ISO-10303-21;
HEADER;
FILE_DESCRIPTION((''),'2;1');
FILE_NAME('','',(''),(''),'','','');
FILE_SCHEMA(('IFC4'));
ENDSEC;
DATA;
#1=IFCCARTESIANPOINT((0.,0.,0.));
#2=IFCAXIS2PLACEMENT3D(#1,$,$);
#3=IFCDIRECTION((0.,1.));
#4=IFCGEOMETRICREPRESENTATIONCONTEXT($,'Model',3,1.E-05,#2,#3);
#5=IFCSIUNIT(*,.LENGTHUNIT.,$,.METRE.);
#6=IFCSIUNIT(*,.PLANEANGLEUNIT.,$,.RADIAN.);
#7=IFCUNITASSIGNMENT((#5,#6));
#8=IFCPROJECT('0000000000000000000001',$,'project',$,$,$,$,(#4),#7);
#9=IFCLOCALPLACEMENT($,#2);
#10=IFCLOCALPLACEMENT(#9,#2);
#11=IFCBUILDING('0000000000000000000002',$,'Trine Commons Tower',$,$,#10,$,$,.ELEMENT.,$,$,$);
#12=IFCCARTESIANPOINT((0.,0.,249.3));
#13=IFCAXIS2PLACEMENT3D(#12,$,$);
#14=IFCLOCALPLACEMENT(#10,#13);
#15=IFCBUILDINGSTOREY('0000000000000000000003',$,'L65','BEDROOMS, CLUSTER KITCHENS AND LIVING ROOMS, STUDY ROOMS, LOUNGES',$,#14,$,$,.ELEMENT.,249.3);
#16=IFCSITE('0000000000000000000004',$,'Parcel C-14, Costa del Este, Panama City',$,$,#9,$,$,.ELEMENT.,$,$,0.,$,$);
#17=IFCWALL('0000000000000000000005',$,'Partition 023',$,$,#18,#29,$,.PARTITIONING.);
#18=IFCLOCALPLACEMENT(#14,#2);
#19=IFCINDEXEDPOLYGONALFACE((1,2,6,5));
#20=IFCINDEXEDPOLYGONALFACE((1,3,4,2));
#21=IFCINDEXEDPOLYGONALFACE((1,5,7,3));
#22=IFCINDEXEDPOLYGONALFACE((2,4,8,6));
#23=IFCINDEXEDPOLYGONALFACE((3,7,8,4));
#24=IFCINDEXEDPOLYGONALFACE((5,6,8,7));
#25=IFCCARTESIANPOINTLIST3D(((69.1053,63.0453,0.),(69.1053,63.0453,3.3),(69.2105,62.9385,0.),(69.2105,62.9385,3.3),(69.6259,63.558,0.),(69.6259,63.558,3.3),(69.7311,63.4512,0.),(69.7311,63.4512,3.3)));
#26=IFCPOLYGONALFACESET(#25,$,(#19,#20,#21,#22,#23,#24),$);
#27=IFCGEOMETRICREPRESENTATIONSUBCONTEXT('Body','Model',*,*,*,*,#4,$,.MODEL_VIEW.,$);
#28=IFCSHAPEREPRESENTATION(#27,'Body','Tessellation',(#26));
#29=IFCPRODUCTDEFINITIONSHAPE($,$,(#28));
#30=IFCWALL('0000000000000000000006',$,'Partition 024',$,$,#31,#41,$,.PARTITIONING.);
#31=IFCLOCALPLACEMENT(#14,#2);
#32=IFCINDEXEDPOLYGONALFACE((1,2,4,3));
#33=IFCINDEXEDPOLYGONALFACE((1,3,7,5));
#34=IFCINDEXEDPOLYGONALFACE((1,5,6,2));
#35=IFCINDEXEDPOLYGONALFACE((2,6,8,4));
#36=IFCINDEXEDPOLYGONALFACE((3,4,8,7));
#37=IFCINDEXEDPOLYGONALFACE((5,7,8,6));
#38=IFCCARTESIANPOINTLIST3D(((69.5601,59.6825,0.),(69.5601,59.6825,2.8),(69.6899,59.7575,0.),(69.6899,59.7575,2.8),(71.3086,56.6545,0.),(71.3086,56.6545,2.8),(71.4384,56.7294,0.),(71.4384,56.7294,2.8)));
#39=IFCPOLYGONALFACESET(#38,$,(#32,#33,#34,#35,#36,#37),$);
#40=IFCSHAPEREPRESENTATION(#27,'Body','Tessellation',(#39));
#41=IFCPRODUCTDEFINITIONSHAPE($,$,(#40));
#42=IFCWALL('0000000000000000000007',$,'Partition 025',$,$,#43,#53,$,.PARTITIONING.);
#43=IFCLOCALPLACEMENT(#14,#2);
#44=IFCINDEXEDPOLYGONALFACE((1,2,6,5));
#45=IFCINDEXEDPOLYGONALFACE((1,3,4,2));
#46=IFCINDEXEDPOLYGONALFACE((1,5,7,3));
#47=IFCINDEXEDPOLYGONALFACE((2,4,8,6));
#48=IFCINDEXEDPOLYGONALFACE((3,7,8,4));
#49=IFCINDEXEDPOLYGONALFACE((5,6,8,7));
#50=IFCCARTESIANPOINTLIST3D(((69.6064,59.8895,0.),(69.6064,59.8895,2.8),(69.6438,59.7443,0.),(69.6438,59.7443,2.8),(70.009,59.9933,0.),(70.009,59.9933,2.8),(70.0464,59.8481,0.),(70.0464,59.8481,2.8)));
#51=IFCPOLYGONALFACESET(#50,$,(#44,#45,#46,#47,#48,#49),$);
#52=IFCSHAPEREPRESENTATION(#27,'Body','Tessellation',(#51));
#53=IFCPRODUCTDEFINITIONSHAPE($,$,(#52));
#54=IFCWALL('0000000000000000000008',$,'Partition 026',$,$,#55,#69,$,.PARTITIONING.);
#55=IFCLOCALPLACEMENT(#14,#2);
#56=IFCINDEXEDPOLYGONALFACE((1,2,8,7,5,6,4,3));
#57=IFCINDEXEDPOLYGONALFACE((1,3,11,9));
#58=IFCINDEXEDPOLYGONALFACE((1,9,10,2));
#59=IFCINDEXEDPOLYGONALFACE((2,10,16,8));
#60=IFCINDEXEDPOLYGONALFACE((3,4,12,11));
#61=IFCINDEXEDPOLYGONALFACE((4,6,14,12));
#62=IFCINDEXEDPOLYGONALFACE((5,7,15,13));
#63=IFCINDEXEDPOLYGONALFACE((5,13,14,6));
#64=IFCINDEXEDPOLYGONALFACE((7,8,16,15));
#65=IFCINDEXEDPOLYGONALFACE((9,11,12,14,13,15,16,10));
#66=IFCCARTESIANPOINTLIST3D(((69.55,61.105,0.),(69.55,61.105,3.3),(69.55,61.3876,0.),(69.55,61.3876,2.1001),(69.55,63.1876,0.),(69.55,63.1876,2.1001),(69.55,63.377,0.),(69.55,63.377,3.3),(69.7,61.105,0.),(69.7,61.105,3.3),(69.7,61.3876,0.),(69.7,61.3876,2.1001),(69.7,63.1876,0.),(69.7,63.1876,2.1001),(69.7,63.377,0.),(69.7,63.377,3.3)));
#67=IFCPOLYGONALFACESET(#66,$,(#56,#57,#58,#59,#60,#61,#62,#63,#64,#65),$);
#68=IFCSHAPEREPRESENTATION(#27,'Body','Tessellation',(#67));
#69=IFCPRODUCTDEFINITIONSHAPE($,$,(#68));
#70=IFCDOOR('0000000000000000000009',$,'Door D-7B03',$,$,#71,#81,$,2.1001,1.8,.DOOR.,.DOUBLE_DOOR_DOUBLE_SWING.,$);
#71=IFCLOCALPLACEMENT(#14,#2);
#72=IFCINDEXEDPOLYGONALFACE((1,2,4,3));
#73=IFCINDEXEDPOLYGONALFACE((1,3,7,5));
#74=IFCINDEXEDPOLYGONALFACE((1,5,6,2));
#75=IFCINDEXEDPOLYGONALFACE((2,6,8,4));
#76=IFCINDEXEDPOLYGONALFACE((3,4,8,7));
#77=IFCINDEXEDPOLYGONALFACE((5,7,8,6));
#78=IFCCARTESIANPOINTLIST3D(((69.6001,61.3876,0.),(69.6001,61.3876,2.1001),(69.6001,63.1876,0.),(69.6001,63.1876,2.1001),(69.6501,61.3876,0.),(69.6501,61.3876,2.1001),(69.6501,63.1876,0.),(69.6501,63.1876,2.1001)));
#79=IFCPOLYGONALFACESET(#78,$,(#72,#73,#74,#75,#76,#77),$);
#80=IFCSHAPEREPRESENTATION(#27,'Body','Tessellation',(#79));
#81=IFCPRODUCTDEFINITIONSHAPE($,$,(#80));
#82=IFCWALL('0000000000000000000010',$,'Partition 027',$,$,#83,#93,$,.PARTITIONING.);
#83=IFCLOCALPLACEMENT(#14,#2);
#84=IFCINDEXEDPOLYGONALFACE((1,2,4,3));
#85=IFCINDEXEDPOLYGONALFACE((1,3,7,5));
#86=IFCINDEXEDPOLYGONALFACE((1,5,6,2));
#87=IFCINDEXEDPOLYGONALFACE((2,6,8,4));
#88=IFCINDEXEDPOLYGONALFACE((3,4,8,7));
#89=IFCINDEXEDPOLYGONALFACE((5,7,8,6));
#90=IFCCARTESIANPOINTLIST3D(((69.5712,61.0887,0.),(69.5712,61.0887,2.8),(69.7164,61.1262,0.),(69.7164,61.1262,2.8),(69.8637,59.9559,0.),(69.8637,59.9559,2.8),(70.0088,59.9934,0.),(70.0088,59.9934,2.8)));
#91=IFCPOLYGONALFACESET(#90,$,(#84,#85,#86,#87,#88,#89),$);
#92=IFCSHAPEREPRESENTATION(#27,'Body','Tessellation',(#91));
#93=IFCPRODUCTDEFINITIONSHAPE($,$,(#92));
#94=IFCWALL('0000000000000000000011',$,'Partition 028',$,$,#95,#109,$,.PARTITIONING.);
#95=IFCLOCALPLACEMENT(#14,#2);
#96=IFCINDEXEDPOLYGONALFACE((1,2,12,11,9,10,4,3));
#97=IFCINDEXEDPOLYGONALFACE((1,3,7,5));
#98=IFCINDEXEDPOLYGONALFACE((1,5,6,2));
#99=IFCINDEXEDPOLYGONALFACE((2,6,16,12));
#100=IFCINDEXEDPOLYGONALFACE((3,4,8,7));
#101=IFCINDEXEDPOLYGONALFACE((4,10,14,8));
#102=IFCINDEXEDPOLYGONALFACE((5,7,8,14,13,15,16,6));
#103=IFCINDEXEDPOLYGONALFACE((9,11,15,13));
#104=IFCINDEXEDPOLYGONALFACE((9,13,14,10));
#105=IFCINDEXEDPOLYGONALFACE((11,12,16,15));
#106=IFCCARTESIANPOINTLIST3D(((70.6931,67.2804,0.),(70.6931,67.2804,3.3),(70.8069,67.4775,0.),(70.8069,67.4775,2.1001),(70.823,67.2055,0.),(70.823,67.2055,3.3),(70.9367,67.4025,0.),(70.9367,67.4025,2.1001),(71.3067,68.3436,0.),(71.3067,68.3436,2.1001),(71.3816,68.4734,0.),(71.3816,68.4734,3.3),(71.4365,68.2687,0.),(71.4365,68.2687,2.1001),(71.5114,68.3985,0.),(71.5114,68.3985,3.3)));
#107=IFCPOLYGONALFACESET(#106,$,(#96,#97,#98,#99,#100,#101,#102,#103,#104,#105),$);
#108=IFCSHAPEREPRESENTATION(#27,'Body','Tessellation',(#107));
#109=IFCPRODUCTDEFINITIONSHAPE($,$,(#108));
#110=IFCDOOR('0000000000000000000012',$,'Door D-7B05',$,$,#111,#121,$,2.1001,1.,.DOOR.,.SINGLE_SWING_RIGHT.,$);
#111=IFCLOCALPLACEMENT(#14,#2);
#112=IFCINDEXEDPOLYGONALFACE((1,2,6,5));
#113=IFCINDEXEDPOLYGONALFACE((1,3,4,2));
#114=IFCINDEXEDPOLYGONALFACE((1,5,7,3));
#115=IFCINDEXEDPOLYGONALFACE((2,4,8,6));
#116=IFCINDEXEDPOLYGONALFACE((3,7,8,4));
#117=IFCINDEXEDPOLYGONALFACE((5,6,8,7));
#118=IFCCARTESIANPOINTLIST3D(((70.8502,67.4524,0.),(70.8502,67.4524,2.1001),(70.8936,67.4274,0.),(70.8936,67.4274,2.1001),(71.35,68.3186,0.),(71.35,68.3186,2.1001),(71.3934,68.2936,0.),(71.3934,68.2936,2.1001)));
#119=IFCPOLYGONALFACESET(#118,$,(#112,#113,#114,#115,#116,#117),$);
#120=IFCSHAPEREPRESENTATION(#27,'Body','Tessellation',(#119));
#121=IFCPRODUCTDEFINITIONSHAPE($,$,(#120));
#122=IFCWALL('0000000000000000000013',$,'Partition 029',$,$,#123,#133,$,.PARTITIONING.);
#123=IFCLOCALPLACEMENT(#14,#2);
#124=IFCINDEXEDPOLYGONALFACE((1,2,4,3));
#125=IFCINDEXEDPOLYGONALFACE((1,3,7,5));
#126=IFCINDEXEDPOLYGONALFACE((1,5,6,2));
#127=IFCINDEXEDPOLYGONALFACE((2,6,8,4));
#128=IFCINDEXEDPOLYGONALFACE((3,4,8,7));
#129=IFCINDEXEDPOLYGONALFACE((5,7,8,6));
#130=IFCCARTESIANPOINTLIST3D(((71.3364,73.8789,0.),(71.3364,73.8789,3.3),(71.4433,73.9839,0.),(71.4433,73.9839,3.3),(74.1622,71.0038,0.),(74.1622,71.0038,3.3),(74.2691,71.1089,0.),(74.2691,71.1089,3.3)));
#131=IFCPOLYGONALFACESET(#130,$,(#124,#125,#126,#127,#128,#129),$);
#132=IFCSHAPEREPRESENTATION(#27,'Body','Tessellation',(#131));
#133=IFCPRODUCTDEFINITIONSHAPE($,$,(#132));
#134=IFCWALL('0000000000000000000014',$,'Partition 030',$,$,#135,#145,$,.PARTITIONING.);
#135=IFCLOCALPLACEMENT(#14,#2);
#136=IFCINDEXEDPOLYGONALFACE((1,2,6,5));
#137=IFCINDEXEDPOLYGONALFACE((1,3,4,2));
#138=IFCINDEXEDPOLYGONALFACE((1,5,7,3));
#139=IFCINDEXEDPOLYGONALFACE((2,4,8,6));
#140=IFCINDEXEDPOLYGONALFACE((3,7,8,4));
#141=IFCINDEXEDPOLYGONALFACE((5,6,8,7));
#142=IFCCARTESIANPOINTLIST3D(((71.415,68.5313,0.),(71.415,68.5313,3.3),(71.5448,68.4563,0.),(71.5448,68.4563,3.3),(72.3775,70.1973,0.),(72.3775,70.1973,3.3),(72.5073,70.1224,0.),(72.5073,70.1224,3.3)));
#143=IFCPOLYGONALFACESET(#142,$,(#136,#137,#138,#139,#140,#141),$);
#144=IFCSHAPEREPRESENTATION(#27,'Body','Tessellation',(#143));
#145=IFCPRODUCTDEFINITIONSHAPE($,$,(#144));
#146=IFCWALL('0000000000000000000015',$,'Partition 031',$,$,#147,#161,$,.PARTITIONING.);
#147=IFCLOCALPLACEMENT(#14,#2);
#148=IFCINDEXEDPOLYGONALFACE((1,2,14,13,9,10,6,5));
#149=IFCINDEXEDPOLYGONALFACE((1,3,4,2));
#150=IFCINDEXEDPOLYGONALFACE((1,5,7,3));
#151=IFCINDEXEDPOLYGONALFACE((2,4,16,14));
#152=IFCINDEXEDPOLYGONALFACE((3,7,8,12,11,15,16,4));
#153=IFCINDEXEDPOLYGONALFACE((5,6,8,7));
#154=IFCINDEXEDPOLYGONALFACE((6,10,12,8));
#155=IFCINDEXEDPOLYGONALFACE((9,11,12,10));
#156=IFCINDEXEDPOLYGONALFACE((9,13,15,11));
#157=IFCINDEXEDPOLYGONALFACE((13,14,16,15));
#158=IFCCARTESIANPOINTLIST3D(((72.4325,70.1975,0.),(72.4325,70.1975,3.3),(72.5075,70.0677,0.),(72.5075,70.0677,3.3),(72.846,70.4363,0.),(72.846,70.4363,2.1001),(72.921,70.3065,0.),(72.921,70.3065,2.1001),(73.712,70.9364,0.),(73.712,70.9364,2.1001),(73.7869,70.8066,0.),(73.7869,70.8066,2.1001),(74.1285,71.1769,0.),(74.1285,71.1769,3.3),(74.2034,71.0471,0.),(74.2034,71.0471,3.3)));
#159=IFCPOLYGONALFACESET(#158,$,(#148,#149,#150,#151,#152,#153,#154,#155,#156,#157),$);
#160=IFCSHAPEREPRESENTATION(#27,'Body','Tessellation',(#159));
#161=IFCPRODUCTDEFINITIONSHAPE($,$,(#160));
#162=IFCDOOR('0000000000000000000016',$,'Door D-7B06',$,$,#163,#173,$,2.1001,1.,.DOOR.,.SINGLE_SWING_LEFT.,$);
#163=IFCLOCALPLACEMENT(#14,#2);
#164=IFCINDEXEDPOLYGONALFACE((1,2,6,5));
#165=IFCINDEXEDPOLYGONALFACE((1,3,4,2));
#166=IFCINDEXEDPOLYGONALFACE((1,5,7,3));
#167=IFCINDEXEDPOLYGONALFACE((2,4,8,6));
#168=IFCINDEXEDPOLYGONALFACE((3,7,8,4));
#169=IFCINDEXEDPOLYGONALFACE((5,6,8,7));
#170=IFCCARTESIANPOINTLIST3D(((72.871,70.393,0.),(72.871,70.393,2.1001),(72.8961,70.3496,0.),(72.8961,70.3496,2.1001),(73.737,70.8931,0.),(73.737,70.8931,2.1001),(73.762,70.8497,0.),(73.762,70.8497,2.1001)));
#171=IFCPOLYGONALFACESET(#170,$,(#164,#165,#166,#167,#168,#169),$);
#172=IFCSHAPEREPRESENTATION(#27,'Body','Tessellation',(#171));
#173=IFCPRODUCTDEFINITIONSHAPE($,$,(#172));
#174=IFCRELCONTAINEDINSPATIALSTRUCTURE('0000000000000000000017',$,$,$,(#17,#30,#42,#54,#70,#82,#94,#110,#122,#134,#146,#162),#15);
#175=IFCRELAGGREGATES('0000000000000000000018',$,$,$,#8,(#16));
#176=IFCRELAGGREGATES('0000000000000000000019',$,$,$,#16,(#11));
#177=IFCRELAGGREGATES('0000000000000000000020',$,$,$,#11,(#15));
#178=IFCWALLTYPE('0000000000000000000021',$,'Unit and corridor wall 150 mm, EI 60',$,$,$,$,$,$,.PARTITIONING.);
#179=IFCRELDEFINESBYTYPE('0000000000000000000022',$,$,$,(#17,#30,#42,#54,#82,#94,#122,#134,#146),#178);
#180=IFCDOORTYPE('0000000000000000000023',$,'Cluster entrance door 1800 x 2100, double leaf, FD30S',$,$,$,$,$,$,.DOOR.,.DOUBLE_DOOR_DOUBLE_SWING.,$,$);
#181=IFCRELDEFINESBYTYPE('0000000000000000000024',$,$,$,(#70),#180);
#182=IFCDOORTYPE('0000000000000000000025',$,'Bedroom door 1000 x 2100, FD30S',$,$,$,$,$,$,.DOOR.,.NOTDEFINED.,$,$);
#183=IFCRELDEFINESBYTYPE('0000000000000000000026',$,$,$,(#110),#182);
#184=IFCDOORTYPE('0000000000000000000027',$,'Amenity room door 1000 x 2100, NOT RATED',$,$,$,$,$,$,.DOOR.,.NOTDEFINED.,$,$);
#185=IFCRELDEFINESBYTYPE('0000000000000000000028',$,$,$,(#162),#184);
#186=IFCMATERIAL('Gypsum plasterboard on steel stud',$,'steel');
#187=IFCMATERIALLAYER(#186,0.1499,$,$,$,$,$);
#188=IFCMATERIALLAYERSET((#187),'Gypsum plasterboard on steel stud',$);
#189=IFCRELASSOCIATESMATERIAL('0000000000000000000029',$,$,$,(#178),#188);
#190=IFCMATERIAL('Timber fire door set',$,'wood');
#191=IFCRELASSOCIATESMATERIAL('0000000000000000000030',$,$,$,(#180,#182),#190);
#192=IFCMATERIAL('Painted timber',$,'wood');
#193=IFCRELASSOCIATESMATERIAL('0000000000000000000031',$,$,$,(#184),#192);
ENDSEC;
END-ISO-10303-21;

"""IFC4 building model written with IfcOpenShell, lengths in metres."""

from ifc_helpers import new_model, si_unit, direction, frame, frame_2d, origin, place, context, subcontext, project, spatial, rectangle, extrude, material, layer, layer_set, type_object, element, fill, save


model = new_model("IFC4")

# Units and contexts
model_context = context("Model", 3, precision=1e-05, world=origin(), true_north=direction((0.0, 1.0)))
body_context = subcontext(model_context, "Body", "Model", "MODEL_VIEW")
ifc_project = project(units=[si_unit("LENGTHUNIT", "METRE"), si_unit("PLANEANGLEUNIT", "RADIAN")], contexts=[model_context])

# Site, building, storey
site_placement = place(None, origin())
site = spatial("IfcSite", under=ifc_project, at=site_placement, Name="Parcel C-14, Costa del Este, Panama City", CompositionType="ELEMENT", RefElevation=0.0)
building_placement = place(site_placement, origin())
building = spatial("IfcBuilding", under=site, at=building_placement, Name="Trine Commons Tower", CompositionType="ELEMENT")
storey_placement = place(building_placement, frame((0.0, 0.0, 249.3)))
storey = spatial("IfcBuildingStorey", under=building, at=storey_placement, Name="L65", Description="BEDROOMS, CLUSTER KITCHENS AND LIVING ROOMS, STUDY ROOMS, LOUNGES", CompositionType="ELEMENT", Elevation=249.3)

# Walls
ifc_material_1 = material(Name="Gypsum plasterboard on steel stud", Category="steel")
ifc_layer_1 = layer(ifc_material_1, 0.1499)
ifc_layer_set_1 = layer_set([ifc_layer_1], Name="Gypsum plasterboard on steel stud")
wall_type_1 = type_object("IfcWallType", Name="Unit and corridor wall 150 mm, EI 60", PredefinedType="PARTITIONING", material=ifc_layer_set_1)
wall_1_placement = place(storey_placement, frame((69.158, 62.9919, 0.0), z_axis=(0.0, 0.0, 1.0), x_axis=(0.712433, 0.70174, 0.0)))
element("IfcWall", 1, at=wall_1_placement, inside=storey, type_object=wall_type_1, Name="Partition 023", PredefinedType="PARTITIONING", context=body_context, shape_type="SweptSolid", body=[
    extrude(rectangle(XDim=0.7307, YDim=0.1499, at=frame_2d((0.3652, 0.0))), origin(), (0.0, 0.0, 1.0), 3.3),
])
wall_2_placement = place(storey_placement, frame((69.625, 59.72, 0.0), z_axis=(0.0, 0.0, 1.0), x_axis=(0.500059, -0.865991, 0.0)))
element("IfcWall", 2, at=wall_2_placement, inside=storey, type_object=wall_type_1, Name="Partition 024", PredefinedType="PARTITIONING", context=body_context, shape_type="SweptSolid", body=[
    extrude(rectangle(XDim=3.4966, YDim=0.1499, at=frame_2d((1.7483, 0.0))), origin(), (0.0, 0.0, 1.0), 2.8),
])
wall_3_placement = place(storey_placement, frame((69.625, 59.8169, 0.0), z_axis=(0.0, 0.0, 1.0), x_axis=(0.968355, 0.249576, 0.0)))
element("IfcWall", 3, at=wall_3_placement, inside=storey, type_object=wall_type_1, Name="Partition 025", PredefinedType="PARTITIONING", context=body_context, shape_type="SweptSolid", body=[
    extrude(rectangle(XDim=0.4158, YDim=0.1499, at=frame_2d((0.208, 0.0))), origin(), (0.0, 0.0, 1.0), 2.8),
])

# Wall, opening, door
wall_4_placement = place(storey_placement, frame((69.625, 61.105, 0.0), z_axis=(0.0, 0.0, 1.0), x_axis=(0.0, 1.0, 0.0)))
wall_4 = element("IfcWall", 4, at=wall_4_placement, inside=storey, type_object=wall_type_1, Name="Partition 026", PredefinedType="PARTITIONING", context=body_context, shape_type="SweptSolid", body=[
    extrude(rectangle(XDim=2.272, YDim=0.1499, at=frame_2d((1.136, 0.0))), origin(), (0.0, 0.0, 1.0), 3.3),
])
opening_1_placement = place(wall_4_placement, frame((0.2827, 0.0, 0.0)))
opening_1 = element("IfcOpeningElement", 5, at=opening_1_placement, cuts=wall_4, PredefinedType="OPENING", context=body_context, shape_type="SweptSolid", body=[
    extrude(rectangle(XDim=1.8, YDim=2.1001, at=frame_2d((0.8999, 1.05))), frame((0.0, 0.085, 0.0), z_axis=(0.0, -1.0, 0.0), x_axis=(1.0, 0.0, 0.0)), (0.0, 0.0, 1.0), 0.1699),
])
ifc_material_2 = material(Name="Timber fire door set", Category="wood")
door_type_1 = type_object("IfcDoorType", Name="Cluster entrance door 1800 x 2100, double leaf, FD30S", OperationType="DOUBLE_DOOR_DOUBLE_SWING", PredefinedType="DOOR", material=ifc_material_2)
door_1_placement = place(opening_1_placement, origin())
door_1 = element("IfcDoor", 6, at=door_1_placement, inside=storey, type_object=door_type_1, Name="Door D-7B03", OperationType="DOUBLE_DOOR_DOUBLE_SWING", OverallHeight=2.1001, OverallWidth=1.8, PredefinedType="DOOR", context=body_context, shape_type="SweptSolid", body=[
    extrude(rectangle(XDim=1.8, YDim=2.1001, at=frame_2d((0.8999, 1.05))), frame((0.0, 0.0249, 0.0), z_axis=(0.0, -1.0, 0.0), x_axis=(1.0, 0.0, 0.0)), (0.0, 0.0, 1.0), 0.05),
])
fill(opening_1, door_1)

# Wall
wall_5_placement = place(storey_placement, frame((69.6438, 61.1074, 0.0), z_axis=(0.0, 0.0, 1.0), x_axis=(0.249992, -0.968248, 0.0)))
element("IfcWall", 7, at=wall_5_placement, inside=storey, type_object=wall_type_1, Name="Partition 027", PredefinedType="PARTITIONING", context=body_context, shape_type="SweptSolid", body=[
    extrude(rectangle(XDim=1.1699, YDim=0.1499, at=frame_2d((0.585, 0.0))), origin(), (0.0, 0.0, 1.0), 2.8),
])

# Wall, opening, door
wall_6_placement = place(storey_placement, frame((70.7581, 67.2429, 0.0), z_axis=(0.0, 0.0, 1.0), x_axis=(0.499799, 0.866141, 0.0)))
wall_6 = element("IfcWall", 8, at=wall_6_placement, inside=storey, type_object=wall_type_1, Name="Partition 028", PredefinedType="PARTITIONING", context=body_context, shape_type="SweptSolid", body=[
    extrude(rectangle(XDim=1.3774, YDim=0.1499, at=frame_2d((0.6887, 0.0))), origin(), (0.0, 0.0, 1.0), 3.3),
])
opening_2_placement = place(wall_6_placement, frame((0.2275, 0.0, 0.0)))
opening_2 = element("IfcOpeningElement", 9, at=opening_2_placement, cuts=wall_6, PredefinedType="OPENING", context=body_context, shape_type="SweptSolid", body=[
    extrude(rectangle(XDim=1.0, YDim=2.1001, at=frame_2d((0.5, 1.05))), frame((0.0, 0.085, 0.0), z_axis=(0.0, -1.0, 0.0), x_axis=(1.0, 0.0, 0.0)), (0.0, 0.0, 1.0), 0.1699),
])
door_type_2 = type_object("IfcDoorType", Name="Bedroom door 1000 x 2100, FD30S", OperationType="NOTDEFINED", PredefinedType="DOOR", material=ifc_material_2)
door_2_placement = place(opening_2_placement, origin())
door_2 = element("IfcDoor", 10, at=door_2_placement, inside=storey, type_object=door_type_2, Name="Door D-7B05", OperationType="SINGLE_SWING_RIGHT", OverallHeight=2.1001, OverallWidth=1.0, PredefinedType="DOOR", context=body_context, shape_type="SweptSolid", body=[
    extrude(rectangle(XDim=1.0, YDim=2.1001, at=frame_2d((0.5, 1.05))), frame((0.0, 0.0249, 0.0), z_axis=(0.0, -1.0, 0.0), x_axis=(1.0, 0.0, 0.0)), (0.0, 0.0, 1.0), 0.05),
])
fill(opening_2, door_2)

# Walls
wall_7_placement = place(storey_placement, frame((71.3899, 73.9314, 0.0), z_axis=(0.0, 0.0, 1.0), x_axis=(0.700963, -0.713197, 0.0)))
element("IfcWall", 11, at=wall_7_placement, inside=storey, type_object=wall_type_1, Name="Partition 029", PredefinedType="PARTITIONING", context=body_context, shape_type="SweptSolid", body=[
    extrude(rectangle(XDim=4.0312, YDim=0.1499, at=frame_2d((2.0156, 0.0))), origin(), (0.0, 0.0, 1.0), 3.3),
])
wall_8_placement = place(storey_placement, frame((71.48, 68.4939, 0.0), z_axis=(0.0, 0.0, 1.0), x_axis=(0.500206, 0.865907, 0.0)))
element("IfcWall", 12, at=wall_8_placement, inside=storey, type_object=wall_type_1, Name="Partition 030", PredefinedType="PARTITIONING", context=body_context, shape_type="SweptSolid", body=[
    extrude(rectangle(XDim=1.9241, YDim=0.1499, at=frame_2d((0.9619, 0.0))), origin(), (0.0, 0.0, 1.0), 3.3),
])

# Wall, opening, door
wall_9_placement = place(storey_placement, frame((72.47, 70.1326, 0.0), z_axis=(0.0, 0.0, 1.0), x_axis=(0.865963, 0.500107, 0.0)))
wall_9 = element("IfcWall", 13, at=wall_9_placement, inside=storey, type_object=wall_type_1, Name="Partition 031", PredefinedType="PARTITIONING", context=body_context, shape_type="SweptSolid", body=[
    extrude(rectangle(XDim=1.9585, YDim=0.1499, at=frame_2d((0.9792, 0.0))), origin(), (0.0, 0.0, 1.0), 3.3),
])
opening_3_placement = place(wall_9_placement, frame((0.4775, 0.0, 0.0)))
opening_3 = element("IfcOpeningElement", 14, at=opening_3_placement, cuts=wall_9, PredefinedType="OPENING", context=body_context, shape_type="SweptSolid", body=[
    extrude(rectangle(XDim=1.0, YDim=2.1001, at=frame_2d((0.5, 1.05))), frame((0.0, 0.085, 0.0), z_axis=(0.0, -1.0, 0.0), x_axis=(1.0, 0.0, 0.0)), (0.0, 0.0, 1.0), 0.1699),
])
ifc_material_3 = material(Name="Painted timber", Category="wood")
door_type_3 = type_object("IfcDoorType", Name="Amenity room door 1000 x 2100, NOT RATED", OperationType="NOTDEFINED", PredefinedType="DOOR", material=ifc_material_3)
door_3_placement = place(opening_3_placement, origin())
door_3 = element("IfcDoor", 15, at=door_3_placement, inside=storey, type_object=door_type_3, Name="Door D-7B06", OperationType="SINGLE_SWING_LEFT", OverallHeight=2.1001, OverallWidth=1.0, PredefinedType="DOOR", context=body_context, shape_type="SweptSolid", body=[
    extrude(rectangle(XDim=1.0, YDim=2.1001, at=frame_2d((0.5, 1.05))), frame((0.0, 0.0249, 0.0), z_axis=(0.0, -1.0, 0.0), x_axis=(1.0, 0.0, 0.0)), (0.0, 0.0, 1.0), 0.05),
])
fill(opening_3, door_3)

save(model, "model.ifc")
